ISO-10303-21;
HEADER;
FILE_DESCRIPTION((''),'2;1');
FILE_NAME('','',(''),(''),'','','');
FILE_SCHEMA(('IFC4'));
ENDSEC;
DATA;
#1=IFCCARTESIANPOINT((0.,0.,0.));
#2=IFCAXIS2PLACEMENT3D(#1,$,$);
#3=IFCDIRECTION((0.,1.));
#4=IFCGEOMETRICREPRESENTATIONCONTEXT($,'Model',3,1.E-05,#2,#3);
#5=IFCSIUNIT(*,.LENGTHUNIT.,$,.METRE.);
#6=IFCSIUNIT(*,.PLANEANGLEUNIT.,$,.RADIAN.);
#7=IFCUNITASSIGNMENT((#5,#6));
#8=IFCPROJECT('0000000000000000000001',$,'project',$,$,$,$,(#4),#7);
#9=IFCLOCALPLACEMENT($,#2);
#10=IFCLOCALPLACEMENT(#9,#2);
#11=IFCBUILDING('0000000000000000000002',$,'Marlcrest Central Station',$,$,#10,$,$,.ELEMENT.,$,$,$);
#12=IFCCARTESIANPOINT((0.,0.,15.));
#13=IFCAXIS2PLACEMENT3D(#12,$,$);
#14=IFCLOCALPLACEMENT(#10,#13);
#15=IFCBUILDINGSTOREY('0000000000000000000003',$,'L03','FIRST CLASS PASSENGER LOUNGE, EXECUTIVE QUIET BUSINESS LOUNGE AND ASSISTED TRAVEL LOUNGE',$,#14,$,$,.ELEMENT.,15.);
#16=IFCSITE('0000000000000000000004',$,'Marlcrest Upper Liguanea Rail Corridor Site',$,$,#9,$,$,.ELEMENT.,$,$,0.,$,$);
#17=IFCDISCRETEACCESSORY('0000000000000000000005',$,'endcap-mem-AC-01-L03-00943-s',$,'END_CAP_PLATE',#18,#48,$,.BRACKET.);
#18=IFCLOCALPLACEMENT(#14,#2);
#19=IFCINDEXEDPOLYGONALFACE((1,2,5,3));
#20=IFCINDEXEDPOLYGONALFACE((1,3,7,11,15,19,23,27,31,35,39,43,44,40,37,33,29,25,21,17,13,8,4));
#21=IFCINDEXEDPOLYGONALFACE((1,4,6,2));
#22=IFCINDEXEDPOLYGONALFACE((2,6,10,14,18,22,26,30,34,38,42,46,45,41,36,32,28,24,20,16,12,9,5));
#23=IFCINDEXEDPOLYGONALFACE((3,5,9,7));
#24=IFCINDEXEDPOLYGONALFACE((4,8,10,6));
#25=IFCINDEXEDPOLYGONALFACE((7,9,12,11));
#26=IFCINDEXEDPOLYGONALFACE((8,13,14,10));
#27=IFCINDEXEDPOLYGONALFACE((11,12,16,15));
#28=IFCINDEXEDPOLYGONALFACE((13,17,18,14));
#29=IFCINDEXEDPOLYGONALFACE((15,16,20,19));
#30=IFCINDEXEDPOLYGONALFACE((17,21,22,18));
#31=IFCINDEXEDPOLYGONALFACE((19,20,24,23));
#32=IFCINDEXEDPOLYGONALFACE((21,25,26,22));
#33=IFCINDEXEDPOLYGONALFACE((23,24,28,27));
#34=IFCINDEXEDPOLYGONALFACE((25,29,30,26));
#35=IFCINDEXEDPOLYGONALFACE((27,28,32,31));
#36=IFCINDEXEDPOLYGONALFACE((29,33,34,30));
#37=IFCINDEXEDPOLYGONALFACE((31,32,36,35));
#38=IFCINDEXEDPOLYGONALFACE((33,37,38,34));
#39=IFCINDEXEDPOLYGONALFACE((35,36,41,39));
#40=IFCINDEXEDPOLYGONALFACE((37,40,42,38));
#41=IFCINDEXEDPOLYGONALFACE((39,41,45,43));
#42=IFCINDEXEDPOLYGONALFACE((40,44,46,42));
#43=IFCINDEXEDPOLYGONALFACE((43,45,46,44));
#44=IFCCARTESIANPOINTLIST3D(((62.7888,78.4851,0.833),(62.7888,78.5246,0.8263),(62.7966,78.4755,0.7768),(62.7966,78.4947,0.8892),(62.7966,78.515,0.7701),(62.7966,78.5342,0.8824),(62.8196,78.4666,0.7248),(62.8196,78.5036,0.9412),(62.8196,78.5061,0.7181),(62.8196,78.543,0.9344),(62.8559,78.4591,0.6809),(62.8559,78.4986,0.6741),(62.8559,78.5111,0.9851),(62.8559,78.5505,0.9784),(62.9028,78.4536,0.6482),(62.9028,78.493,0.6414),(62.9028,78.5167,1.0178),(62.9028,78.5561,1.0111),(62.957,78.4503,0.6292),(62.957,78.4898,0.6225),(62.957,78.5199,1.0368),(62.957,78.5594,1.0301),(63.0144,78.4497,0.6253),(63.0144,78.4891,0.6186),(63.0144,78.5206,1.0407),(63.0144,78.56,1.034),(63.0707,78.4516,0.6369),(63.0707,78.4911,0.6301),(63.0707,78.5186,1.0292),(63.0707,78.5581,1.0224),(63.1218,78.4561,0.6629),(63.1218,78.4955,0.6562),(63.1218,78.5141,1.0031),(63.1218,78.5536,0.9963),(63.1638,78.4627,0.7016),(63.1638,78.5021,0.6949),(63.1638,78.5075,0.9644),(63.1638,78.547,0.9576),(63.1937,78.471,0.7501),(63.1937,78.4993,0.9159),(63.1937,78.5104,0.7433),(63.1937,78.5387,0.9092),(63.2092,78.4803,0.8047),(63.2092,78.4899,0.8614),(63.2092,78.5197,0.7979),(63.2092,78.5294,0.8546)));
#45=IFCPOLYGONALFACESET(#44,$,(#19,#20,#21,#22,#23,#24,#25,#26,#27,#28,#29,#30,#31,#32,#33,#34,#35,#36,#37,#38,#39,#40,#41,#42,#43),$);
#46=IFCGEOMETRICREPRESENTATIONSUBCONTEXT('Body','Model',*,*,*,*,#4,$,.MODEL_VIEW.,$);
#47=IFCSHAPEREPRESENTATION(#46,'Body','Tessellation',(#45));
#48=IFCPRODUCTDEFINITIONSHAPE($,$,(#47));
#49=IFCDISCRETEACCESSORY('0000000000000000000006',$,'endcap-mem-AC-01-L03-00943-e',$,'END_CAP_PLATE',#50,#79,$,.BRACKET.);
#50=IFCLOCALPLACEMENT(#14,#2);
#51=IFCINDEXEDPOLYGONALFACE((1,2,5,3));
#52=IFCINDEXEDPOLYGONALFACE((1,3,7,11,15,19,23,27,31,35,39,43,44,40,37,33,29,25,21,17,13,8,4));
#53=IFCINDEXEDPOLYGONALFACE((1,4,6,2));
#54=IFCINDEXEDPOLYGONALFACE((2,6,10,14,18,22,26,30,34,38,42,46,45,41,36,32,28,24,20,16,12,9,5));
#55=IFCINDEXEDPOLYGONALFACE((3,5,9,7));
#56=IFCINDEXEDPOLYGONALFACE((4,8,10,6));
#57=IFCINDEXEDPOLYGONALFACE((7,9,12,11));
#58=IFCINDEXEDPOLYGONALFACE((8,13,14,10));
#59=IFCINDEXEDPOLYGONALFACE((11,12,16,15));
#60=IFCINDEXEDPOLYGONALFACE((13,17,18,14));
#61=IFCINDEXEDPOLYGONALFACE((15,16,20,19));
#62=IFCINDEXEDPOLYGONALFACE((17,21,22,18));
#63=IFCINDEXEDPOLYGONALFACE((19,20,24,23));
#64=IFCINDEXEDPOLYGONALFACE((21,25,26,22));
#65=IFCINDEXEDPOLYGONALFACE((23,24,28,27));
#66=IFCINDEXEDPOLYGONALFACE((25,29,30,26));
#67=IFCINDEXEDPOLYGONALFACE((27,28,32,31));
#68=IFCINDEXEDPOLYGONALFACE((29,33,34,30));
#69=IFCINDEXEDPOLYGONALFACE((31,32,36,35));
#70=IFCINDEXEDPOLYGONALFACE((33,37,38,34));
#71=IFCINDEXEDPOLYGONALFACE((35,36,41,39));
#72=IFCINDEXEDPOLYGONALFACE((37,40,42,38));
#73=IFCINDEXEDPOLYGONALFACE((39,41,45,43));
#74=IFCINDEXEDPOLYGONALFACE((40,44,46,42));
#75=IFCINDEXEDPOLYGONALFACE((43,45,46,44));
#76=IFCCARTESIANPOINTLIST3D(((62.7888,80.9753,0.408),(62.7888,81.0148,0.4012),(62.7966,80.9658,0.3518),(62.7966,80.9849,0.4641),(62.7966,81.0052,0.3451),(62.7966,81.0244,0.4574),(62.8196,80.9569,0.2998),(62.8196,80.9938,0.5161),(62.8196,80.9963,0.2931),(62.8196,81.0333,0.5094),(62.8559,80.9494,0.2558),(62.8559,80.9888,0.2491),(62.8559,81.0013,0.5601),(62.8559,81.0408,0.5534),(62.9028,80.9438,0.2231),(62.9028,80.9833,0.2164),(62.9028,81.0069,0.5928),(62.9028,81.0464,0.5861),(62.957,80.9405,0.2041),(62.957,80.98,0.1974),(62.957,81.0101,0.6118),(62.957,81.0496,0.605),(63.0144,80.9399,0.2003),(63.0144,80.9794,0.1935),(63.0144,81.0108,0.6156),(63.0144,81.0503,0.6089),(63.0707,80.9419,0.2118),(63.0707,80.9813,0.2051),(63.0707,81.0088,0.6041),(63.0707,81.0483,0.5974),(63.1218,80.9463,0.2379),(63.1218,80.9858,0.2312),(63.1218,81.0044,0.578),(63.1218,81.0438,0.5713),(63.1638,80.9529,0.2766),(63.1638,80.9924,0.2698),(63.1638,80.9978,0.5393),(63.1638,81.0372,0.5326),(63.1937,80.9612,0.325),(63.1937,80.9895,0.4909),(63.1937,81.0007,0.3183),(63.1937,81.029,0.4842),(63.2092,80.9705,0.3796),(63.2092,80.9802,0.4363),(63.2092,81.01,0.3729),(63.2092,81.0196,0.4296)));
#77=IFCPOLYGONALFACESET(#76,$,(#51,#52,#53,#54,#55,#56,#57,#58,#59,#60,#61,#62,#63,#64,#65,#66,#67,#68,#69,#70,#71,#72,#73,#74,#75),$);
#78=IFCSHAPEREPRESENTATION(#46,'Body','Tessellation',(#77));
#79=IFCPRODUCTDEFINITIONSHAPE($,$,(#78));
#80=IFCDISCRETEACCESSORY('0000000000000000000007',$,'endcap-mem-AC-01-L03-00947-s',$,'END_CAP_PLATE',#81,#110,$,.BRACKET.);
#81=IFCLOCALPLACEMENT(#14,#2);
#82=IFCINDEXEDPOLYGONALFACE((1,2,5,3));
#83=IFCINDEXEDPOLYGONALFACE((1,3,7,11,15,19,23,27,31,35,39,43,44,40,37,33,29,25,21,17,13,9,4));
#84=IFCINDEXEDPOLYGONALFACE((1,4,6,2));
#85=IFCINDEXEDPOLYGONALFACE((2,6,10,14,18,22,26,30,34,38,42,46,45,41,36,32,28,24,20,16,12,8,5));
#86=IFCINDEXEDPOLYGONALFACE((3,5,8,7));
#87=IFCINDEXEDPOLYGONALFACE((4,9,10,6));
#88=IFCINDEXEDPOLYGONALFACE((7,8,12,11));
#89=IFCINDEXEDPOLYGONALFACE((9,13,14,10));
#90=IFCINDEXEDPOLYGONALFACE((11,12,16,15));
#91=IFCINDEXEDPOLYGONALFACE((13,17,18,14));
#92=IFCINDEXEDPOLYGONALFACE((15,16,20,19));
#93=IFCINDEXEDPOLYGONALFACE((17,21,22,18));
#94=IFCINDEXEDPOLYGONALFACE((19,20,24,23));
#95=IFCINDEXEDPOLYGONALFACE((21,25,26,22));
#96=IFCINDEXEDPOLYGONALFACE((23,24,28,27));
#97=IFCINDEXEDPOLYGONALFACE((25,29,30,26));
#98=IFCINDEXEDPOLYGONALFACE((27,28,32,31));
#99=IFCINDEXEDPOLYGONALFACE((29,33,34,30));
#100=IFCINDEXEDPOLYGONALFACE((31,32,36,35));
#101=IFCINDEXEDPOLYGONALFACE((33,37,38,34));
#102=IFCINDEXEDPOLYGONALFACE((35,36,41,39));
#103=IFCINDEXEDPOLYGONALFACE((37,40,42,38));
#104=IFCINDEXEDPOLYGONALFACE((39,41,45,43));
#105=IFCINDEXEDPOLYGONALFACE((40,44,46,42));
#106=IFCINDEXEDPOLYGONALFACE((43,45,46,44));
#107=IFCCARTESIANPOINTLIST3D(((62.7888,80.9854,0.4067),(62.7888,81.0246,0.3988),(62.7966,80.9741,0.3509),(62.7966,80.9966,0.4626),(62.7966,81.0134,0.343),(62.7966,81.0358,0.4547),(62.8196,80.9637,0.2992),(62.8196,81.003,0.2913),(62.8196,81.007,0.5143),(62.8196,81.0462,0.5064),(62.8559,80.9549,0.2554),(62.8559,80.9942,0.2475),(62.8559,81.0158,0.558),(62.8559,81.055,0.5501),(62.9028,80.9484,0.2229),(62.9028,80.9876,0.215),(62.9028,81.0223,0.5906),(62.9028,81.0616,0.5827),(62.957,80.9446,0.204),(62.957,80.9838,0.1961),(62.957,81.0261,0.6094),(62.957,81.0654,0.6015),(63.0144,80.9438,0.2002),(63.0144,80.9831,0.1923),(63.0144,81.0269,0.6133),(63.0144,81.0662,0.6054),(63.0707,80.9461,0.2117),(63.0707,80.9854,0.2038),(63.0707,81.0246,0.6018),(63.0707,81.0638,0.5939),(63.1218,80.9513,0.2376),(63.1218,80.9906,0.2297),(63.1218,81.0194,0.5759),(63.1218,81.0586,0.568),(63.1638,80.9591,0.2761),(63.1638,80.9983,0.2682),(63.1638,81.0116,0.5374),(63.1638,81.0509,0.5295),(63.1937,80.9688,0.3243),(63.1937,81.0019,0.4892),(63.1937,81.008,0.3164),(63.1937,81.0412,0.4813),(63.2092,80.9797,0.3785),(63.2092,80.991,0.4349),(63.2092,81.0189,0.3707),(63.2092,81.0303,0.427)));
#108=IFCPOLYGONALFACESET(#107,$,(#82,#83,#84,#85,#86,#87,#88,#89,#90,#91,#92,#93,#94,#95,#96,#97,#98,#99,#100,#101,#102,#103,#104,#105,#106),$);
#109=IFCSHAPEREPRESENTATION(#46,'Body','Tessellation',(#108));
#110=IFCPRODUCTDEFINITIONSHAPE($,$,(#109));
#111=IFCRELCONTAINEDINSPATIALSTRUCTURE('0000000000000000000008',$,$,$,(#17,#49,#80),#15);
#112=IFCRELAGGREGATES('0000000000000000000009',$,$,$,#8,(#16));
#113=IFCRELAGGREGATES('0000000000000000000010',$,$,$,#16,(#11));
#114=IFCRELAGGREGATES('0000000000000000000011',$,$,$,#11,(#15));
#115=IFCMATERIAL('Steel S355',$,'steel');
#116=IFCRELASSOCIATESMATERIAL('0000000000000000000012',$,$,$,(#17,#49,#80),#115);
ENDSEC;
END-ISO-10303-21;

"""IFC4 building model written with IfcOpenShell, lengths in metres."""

from ifc_helpers import new_model, si_unit, direction, frame, origin, origin_2d, place, context, subcontext, project, spatial, circle, extrude, material, element, save


model = new_model("IFC4")

# Units and contexts
model_context = context("Model", 3, precision=1e-05, world=origin(), true_north=direction((0.0, 1.0)))
body_context = subcontext(model_context, "Body", "Model", "MODEL_VIEW")
ifc_project = project(units=[si_unit("LENGTHUNIT", "METRE"), si_unit("PLANEANGLEUNIT", "RADIAN")], contexts=[model_context])

# Site, building, storey
site_placement = place(None, origin())
site = spatial("IfcSite", under=ifc_project, at=site_placement, Name="Marlcrest Upper Liguanea Rail Corridor Site", CompositionType="ELEMENT", RefElevation=0.0)
building_placement = place(site_placement, origin())
building = spatial("IfcBuilding", under=site, at=building_placement, Name="Marlcrest Central Station", CompositionType="ELEMENT")
storey_placement = place(building_placement, frame((0.0, 0.0, 15.0)))
storey = spatial("IfcBuildingStorey", under=building, at=storey_placement, Name="L03", Description="FIRST CLASS PASSENGER LOUNGE, EXECUTIVE QUIET BUSINESS LOUNGE AND ASSISTED TRAVEL LOUNGE", CompositionType="ELEMENT", Elevation=15.0)

# Shared definitions
ifc_material_1 = material(Name="Steel S355", Category="steel")

# Discrete accessories
for number, where, z_axis, x_axis, name in (
    (1, (63.0, 78.4851, 0.833), (0.0, 0.985741, -0.168269), (-1.0, 0.0, 0.0), "endcap-mem-AC-01-L03-00943-s"),
    (2, (63.0, 80.9753, 0.408), (0.0, 0.985741, -0.168269), (-1.0, 0.0, 0.0), "endcap-mem-AC-01-L03-00943-e"),
    (3, (63.0, 80.9854, 0.4067), (0.0, 0.980359, -0.197219), (-1.0, 0.0, 0.0), "endcap-mem-AC-01-L03-00947-s"),
):
    element("IfcDiscreteAccessory", number, at=place(storey_placement, frame(where, z_axis=z_axis, x_axis=x_axis)), inside=storey, material=ifc_material_1, Name=name, ObjectType="END_CAP_PLATE", PredefinedType="BRACKET", context=body_context, shape_type="SweptSolid", body=[
        extrude(circle(Radius=0.2112, at=origin_2d()), origin(), (0.0, 0.0, 1.0), 0.04),
    ])

save(model, "model.ifc")
